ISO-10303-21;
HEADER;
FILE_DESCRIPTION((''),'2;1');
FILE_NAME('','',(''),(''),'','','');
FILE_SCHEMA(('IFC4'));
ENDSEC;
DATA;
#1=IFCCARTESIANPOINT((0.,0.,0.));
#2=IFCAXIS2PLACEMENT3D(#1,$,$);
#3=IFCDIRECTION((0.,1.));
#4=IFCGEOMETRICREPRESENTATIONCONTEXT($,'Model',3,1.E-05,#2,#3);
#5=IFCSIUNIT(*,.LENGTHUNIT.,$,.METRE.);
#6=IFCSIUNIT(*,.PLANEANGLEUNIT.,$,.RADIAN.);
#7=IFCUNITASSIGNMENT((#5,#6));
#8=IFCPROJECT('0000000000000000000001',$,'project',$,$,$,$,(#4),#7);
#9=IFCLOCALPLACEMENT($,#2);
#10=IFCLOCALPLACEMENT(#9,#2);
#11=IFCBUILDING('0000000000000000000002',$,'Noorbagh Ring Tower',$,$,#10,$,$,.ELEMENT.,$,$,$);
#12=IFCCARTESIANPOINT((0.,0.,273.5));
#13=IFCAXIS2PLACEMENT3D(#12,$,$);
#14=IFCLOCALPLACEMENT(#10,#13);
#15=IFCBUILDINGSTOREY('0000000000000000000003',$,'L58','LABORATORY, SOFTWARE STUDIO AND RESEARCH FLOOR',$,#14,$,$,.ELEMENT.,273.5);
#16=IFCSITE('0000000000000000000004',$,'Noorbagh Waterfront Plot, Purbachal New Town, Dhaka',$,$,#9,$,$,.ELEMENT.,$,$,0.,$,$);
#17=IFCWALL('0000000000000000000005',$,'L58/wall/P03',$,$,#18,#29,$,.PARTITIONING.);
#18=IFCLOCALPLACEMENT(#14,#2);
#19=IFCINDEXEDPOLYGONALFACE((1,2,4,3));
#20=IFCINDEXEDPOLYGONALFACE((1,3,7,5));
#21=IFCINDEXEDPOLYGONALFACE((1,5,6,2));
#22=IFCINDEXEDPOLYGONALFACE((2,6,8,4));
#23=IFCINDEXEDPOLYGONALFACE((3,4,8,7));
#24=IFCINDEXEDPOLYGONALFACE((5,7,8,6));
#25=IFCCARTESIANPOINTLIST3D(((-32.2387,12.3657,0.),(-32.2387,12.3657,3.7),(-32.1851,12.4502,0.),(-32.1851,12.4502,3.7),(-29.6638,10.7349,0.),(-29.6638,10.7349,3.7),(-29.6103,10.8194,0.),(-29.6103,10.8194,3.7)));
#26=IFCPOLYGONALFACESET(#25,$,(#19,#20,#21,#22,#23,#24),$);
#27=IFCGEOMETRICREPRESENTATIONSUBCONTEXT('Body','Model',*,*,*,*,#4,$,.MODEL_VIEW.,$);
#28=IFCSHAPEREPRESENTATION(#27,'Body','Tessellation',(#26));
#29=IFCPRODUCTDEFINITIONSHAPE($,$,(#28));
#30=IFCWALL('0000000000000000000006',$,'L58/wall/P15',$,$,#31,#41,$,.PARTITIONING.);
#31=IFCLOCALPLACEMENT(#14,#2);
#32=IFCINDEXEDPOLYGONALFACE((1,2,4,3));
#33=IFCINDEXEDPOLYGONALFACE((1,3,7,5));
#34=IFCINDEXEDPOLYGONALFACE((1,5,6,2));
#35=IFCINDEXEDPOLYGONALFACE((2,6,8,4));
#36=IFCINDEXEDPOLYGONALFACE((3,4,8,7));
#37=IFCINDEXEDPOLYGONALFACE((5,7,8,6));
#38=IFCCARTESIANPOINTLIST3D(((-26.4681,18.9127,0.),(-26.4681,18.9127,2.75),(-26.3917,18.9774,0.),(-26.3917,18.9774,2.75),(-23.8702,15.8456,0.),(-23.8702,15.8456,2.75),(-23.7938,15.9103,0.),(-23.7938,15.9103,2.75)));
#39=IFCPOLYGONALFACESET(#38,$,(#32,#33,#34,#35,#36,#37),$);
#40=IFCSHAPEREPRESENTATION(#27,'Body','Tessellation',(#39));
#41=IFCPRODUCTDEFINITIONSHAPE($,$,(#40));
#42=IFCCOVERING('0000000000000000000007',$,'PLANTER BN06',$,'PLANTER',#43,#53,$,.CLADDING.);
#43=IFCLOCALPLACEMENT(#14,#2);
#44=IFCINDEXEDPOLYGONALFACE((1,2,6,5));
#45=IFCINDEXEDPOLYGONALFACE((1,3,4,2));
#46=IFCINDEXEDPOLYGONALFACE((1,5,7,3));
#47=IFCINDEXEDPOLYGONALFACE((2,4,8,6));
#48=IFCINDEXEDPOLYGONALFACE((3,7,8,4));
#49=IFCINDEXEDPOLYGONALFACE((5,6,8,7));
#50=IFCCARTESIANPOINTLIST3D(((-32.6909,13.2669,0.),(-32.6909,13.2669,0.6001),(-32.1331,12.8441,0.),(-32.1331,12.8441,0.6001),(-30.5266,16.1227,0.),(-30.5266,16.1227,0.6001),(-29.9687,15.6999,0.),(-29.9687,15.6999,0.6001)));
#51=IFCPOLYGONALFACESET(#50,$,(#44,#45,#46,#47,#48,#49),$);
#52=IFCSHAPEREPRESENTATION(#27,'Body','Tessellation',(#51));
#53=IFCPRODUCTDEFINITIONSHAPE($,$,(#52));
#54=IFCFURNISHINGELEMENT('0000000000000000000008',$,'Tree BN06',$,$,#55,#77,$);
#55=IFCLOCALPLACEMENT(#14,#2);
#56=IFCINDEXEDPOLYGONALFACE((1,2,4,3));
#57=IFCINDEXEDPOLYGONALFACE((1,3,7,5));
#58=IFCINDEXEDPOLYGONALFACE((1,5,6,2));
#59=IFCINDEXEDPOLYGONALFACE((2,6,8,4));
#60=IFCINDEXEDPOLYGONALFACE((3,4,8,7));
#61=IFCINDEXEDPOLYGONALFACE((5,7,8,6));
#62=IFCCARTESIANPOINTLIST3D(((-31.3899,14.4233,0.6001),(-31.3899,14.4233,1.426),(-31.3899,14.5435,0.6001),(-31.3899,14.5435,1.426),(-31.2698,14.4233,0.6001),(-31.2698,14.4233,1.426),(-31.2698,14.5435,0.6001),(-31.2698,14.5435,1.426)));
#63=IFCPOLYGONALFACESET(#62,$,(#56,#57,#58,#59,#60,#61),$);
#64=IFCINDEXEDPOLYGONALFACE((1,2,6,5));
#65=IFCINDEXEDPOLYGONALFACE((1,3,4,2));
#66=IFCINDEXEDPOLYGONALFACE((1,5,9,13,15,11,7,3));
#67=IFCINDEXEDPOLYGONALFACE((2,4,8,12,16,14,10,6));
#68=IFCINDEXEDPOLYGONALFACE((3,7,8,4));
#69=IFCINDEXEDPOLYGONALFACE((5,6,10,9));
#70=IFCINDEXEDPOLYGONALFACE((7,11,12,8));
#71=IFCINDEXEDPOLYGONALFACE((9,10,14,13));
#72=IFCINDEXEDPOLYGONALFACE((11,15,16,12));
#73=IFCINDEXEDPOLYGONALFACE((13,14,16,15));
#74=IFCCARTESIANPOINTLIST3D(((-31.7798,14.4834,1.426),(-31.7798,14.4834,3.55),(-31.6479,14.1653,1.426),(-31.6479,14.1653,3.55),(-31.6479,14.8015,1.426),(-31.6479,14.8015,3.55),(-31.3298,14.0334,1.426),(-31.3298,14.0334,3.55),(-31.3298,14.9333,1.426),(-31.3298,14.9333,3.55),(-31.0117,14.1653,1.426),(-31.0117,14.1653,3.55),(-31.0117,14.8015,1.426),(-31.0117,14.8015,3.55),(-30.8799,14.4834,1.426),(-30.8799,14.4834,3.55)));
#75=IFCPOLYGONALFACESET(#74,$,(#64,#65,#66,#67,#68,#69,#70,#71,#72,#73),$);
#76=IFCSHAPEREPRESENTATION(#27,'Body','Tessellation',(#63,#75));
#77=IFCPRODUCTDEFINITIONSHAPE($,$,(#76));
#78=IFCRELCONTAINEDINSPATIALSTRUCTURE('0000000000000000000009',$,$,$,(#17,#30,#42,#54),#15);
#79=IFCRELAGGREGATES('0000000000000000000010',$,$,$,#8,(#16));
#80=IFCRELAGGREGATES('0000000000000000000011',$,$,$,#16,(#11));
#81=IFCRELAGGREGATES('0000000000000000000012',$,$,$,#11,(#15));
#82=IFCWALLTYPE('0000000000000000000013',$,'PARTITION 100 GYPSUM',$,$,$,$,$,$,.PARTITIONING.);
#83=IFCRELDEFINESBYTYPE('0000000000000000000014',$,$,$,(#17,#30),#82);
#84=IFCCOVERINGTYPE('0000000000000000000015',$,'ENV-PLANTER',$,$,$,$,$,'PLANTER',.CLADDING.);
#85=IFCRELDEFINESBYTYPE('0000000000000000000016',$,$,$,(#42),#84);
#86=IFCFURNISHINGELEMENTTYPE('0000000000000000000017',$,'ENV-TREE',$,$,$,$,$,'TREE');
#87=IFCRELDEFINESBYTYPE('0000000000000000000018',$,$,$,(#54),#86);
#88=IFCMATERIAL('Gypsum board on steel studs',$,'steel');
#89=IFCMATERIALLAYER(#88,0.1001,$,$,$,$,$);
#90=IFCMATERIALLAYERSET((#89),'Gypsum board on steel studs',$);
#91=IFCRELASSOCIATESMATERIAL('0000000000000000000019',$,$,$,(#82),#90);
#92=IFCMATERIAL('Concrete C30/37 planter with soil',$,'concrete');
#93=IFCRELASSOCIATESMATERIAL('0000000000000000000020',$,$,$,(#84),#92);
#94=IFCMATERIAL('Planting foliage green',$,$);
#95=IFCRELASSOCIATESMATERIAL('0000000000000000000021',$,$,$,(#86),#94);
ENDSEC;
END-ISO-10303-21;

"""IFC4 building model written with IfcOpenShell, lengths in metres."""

from ifc_helpers import new_model, si_unit, direction, frame, frame_2d, origin, origin_2d, place, context, subcontext, project, spatial, polyline, rectangle, outline, extrude, material, layer, layer_set, type_object, element, save


model = new_model("IFC4")

# Units and contexts
model_context = context("Model", 3, precision=1e-05, world=origin(), true_north=direction((0.0, 1.0)))
body_context = subcontext(model_context, "Body", "Model", "MODEL_VIEW")
ifc_project = project(units=[si_unit("LENGTHUNIT", "METRE"), si_unit("PLANEANGLEUNIT", "RADIAN")], contexts=[model_context])

# Site, building, storey
site_placement = place(None, origin())
site = spatial("IfcSite", under=ifc_project, at=site_placement, Name="Noorbagh Waterfront Plot, Purbachal New Town, Dhaka", CompositionType="ELEMENT", RefElevation=0.0)
building_placement = place(site_placement, origin())
building = spatial("IfcBuilding", under=site, at=building_placement, Name="Noorbagh Ring Tower", CompositionType="ELEMENT")
storey_placement = place(building_placement, frame((0.0, 0.0, 273.5)))
storey = spatial("IfcBuildingStorey", under=building, at=storey_placement, Name="L58", Description="LABORATORY, SOFTWARE STUDIO AND RESEARCH FLOOR", CompositionType="ELEMENT", Elevation=273.5)

# Walls
ifc_material_1 = material(Name="Gypsum board on steel studs", Category="steel")
ifc_layer_1 = layer(ifc_material_1, 0.1001)
ifc_layer_set_1 = layer_set([ifc_layer_1], Name="Gypsum board on steel studs")
wall_type_1 = type_object("IfcWallType", Name="PARTITION 100 GYPSUM", PredefinedType="PARTITIONING", material=ifc_layer_set_1)
wall_1_placement = place(storey_placement, frame((-32.2119, 12.408, 0.0), z_axis=(0.0, 0.0, 1.0), x_axis=(0.844811, -0.535065, 0.0)))
element("IfcWall", 1, at=wall_1_placement, inside=storey, type_object=wall_type_1, Name="L58/wall/P03", PredefinedType="PARTITIONING", context=body_context, shape_type="SweptSolid", body=[
    extrude(rectangle(XDim=3.0479, YDim=0.1001, at=frame_2d((1.5239, 0.0))), origin(), (0.0, 0.0, 1.0), 3.7),
])
wall_2_placement = place(storey_placement, frame((-26.4299, 18.9451, 0.0), z_axis=(0.0, 0.0, 1.0), x_axis=(0.646323, -0.763064, 0.0)))
element("IfcWall", 2, at=wall_2_placement, inside=storey, type_object=wall_type_1, Name="L58/wall/P15", PredefinedType="PARTITIONING", context=body_context, shape_type="SweptSolid", body=[
    extrude(rectangle(XDim=4.0195, YDim=0.1001, at=frame_2d((2.0098, 0.0))), origin(), (0.0, 0.0, 1.0), 2.75),
])

# Covering
ifc_material_2 = material(Name="Concrete C30/37 planter with soil", Category="concrete")
covering_type = type_object("IfcCoveringType", Name="ENV-PLANTER", ElementType="PLANTER", PredefinedType="CLADDING", material=ifc_material_2)
covering_placement = place(storey_placement, frame((-31.3298, 14.4834, 0.0), z_axis=(0.0, 0.0, 1.0), x_axis=(-0.60402, -0.796969, 0.0)))
element("IfcCovering", 3, at=covering_placement, inside=storey, type_object=covering_type, Name="PLANTER BN06", ObjectType="PLANTER", PredefinedType="CLADDING", context=body_context, shape_type="SweptSolid", body=[
    extrude(rectangle(XDim=3.5833, YDim=0.7, at=origin_2d()), origin(), (0.0, 0.0, 1.0), 0.6001),
])

# Furnishing element
ifc_material_3 = material(Name="Planting foliage green")
furnishing_element_type = type_object("IfcFurnishingElementType", Name="ENV-TREE", ElementType="TREE", material=ifc_material_3)
furnishing_placement = place(storey_placement, frame((-31.3298, 14.4834, 0.6001), z_axis=(0.0, 0.0, 1.0), x_axis=(1.0, 0.0, 0.0)))
element("IfcFurnishingElement", 4, at=furnishing_placement, inside=storey, type_object=furnishing_element_type, Name="Tree BN06", context=body_context, shape_type="SweptSolid", body=[
    extrude(rectangle(XDim=0.1201, YDim=0.1201, at=origin_2d()), origin(), (0.0, 0.0, 1.0), 0.8259),
    extrude(outline(polyline([(0.45, 0.0), (0.3181, 0.3181), (0.0, 0.45), (-0.3181, 0.3181), (-0.45, 0.0), (-0.3181, -0.3181), (0.0, -0.45), (0.3181, -0.3181), (0.45, 0.0)])), frame((0.0, 0.0, 0.8259)), (0.0, 0.0, 1.0), 2.124),
])

save(model, "model.ifc")
